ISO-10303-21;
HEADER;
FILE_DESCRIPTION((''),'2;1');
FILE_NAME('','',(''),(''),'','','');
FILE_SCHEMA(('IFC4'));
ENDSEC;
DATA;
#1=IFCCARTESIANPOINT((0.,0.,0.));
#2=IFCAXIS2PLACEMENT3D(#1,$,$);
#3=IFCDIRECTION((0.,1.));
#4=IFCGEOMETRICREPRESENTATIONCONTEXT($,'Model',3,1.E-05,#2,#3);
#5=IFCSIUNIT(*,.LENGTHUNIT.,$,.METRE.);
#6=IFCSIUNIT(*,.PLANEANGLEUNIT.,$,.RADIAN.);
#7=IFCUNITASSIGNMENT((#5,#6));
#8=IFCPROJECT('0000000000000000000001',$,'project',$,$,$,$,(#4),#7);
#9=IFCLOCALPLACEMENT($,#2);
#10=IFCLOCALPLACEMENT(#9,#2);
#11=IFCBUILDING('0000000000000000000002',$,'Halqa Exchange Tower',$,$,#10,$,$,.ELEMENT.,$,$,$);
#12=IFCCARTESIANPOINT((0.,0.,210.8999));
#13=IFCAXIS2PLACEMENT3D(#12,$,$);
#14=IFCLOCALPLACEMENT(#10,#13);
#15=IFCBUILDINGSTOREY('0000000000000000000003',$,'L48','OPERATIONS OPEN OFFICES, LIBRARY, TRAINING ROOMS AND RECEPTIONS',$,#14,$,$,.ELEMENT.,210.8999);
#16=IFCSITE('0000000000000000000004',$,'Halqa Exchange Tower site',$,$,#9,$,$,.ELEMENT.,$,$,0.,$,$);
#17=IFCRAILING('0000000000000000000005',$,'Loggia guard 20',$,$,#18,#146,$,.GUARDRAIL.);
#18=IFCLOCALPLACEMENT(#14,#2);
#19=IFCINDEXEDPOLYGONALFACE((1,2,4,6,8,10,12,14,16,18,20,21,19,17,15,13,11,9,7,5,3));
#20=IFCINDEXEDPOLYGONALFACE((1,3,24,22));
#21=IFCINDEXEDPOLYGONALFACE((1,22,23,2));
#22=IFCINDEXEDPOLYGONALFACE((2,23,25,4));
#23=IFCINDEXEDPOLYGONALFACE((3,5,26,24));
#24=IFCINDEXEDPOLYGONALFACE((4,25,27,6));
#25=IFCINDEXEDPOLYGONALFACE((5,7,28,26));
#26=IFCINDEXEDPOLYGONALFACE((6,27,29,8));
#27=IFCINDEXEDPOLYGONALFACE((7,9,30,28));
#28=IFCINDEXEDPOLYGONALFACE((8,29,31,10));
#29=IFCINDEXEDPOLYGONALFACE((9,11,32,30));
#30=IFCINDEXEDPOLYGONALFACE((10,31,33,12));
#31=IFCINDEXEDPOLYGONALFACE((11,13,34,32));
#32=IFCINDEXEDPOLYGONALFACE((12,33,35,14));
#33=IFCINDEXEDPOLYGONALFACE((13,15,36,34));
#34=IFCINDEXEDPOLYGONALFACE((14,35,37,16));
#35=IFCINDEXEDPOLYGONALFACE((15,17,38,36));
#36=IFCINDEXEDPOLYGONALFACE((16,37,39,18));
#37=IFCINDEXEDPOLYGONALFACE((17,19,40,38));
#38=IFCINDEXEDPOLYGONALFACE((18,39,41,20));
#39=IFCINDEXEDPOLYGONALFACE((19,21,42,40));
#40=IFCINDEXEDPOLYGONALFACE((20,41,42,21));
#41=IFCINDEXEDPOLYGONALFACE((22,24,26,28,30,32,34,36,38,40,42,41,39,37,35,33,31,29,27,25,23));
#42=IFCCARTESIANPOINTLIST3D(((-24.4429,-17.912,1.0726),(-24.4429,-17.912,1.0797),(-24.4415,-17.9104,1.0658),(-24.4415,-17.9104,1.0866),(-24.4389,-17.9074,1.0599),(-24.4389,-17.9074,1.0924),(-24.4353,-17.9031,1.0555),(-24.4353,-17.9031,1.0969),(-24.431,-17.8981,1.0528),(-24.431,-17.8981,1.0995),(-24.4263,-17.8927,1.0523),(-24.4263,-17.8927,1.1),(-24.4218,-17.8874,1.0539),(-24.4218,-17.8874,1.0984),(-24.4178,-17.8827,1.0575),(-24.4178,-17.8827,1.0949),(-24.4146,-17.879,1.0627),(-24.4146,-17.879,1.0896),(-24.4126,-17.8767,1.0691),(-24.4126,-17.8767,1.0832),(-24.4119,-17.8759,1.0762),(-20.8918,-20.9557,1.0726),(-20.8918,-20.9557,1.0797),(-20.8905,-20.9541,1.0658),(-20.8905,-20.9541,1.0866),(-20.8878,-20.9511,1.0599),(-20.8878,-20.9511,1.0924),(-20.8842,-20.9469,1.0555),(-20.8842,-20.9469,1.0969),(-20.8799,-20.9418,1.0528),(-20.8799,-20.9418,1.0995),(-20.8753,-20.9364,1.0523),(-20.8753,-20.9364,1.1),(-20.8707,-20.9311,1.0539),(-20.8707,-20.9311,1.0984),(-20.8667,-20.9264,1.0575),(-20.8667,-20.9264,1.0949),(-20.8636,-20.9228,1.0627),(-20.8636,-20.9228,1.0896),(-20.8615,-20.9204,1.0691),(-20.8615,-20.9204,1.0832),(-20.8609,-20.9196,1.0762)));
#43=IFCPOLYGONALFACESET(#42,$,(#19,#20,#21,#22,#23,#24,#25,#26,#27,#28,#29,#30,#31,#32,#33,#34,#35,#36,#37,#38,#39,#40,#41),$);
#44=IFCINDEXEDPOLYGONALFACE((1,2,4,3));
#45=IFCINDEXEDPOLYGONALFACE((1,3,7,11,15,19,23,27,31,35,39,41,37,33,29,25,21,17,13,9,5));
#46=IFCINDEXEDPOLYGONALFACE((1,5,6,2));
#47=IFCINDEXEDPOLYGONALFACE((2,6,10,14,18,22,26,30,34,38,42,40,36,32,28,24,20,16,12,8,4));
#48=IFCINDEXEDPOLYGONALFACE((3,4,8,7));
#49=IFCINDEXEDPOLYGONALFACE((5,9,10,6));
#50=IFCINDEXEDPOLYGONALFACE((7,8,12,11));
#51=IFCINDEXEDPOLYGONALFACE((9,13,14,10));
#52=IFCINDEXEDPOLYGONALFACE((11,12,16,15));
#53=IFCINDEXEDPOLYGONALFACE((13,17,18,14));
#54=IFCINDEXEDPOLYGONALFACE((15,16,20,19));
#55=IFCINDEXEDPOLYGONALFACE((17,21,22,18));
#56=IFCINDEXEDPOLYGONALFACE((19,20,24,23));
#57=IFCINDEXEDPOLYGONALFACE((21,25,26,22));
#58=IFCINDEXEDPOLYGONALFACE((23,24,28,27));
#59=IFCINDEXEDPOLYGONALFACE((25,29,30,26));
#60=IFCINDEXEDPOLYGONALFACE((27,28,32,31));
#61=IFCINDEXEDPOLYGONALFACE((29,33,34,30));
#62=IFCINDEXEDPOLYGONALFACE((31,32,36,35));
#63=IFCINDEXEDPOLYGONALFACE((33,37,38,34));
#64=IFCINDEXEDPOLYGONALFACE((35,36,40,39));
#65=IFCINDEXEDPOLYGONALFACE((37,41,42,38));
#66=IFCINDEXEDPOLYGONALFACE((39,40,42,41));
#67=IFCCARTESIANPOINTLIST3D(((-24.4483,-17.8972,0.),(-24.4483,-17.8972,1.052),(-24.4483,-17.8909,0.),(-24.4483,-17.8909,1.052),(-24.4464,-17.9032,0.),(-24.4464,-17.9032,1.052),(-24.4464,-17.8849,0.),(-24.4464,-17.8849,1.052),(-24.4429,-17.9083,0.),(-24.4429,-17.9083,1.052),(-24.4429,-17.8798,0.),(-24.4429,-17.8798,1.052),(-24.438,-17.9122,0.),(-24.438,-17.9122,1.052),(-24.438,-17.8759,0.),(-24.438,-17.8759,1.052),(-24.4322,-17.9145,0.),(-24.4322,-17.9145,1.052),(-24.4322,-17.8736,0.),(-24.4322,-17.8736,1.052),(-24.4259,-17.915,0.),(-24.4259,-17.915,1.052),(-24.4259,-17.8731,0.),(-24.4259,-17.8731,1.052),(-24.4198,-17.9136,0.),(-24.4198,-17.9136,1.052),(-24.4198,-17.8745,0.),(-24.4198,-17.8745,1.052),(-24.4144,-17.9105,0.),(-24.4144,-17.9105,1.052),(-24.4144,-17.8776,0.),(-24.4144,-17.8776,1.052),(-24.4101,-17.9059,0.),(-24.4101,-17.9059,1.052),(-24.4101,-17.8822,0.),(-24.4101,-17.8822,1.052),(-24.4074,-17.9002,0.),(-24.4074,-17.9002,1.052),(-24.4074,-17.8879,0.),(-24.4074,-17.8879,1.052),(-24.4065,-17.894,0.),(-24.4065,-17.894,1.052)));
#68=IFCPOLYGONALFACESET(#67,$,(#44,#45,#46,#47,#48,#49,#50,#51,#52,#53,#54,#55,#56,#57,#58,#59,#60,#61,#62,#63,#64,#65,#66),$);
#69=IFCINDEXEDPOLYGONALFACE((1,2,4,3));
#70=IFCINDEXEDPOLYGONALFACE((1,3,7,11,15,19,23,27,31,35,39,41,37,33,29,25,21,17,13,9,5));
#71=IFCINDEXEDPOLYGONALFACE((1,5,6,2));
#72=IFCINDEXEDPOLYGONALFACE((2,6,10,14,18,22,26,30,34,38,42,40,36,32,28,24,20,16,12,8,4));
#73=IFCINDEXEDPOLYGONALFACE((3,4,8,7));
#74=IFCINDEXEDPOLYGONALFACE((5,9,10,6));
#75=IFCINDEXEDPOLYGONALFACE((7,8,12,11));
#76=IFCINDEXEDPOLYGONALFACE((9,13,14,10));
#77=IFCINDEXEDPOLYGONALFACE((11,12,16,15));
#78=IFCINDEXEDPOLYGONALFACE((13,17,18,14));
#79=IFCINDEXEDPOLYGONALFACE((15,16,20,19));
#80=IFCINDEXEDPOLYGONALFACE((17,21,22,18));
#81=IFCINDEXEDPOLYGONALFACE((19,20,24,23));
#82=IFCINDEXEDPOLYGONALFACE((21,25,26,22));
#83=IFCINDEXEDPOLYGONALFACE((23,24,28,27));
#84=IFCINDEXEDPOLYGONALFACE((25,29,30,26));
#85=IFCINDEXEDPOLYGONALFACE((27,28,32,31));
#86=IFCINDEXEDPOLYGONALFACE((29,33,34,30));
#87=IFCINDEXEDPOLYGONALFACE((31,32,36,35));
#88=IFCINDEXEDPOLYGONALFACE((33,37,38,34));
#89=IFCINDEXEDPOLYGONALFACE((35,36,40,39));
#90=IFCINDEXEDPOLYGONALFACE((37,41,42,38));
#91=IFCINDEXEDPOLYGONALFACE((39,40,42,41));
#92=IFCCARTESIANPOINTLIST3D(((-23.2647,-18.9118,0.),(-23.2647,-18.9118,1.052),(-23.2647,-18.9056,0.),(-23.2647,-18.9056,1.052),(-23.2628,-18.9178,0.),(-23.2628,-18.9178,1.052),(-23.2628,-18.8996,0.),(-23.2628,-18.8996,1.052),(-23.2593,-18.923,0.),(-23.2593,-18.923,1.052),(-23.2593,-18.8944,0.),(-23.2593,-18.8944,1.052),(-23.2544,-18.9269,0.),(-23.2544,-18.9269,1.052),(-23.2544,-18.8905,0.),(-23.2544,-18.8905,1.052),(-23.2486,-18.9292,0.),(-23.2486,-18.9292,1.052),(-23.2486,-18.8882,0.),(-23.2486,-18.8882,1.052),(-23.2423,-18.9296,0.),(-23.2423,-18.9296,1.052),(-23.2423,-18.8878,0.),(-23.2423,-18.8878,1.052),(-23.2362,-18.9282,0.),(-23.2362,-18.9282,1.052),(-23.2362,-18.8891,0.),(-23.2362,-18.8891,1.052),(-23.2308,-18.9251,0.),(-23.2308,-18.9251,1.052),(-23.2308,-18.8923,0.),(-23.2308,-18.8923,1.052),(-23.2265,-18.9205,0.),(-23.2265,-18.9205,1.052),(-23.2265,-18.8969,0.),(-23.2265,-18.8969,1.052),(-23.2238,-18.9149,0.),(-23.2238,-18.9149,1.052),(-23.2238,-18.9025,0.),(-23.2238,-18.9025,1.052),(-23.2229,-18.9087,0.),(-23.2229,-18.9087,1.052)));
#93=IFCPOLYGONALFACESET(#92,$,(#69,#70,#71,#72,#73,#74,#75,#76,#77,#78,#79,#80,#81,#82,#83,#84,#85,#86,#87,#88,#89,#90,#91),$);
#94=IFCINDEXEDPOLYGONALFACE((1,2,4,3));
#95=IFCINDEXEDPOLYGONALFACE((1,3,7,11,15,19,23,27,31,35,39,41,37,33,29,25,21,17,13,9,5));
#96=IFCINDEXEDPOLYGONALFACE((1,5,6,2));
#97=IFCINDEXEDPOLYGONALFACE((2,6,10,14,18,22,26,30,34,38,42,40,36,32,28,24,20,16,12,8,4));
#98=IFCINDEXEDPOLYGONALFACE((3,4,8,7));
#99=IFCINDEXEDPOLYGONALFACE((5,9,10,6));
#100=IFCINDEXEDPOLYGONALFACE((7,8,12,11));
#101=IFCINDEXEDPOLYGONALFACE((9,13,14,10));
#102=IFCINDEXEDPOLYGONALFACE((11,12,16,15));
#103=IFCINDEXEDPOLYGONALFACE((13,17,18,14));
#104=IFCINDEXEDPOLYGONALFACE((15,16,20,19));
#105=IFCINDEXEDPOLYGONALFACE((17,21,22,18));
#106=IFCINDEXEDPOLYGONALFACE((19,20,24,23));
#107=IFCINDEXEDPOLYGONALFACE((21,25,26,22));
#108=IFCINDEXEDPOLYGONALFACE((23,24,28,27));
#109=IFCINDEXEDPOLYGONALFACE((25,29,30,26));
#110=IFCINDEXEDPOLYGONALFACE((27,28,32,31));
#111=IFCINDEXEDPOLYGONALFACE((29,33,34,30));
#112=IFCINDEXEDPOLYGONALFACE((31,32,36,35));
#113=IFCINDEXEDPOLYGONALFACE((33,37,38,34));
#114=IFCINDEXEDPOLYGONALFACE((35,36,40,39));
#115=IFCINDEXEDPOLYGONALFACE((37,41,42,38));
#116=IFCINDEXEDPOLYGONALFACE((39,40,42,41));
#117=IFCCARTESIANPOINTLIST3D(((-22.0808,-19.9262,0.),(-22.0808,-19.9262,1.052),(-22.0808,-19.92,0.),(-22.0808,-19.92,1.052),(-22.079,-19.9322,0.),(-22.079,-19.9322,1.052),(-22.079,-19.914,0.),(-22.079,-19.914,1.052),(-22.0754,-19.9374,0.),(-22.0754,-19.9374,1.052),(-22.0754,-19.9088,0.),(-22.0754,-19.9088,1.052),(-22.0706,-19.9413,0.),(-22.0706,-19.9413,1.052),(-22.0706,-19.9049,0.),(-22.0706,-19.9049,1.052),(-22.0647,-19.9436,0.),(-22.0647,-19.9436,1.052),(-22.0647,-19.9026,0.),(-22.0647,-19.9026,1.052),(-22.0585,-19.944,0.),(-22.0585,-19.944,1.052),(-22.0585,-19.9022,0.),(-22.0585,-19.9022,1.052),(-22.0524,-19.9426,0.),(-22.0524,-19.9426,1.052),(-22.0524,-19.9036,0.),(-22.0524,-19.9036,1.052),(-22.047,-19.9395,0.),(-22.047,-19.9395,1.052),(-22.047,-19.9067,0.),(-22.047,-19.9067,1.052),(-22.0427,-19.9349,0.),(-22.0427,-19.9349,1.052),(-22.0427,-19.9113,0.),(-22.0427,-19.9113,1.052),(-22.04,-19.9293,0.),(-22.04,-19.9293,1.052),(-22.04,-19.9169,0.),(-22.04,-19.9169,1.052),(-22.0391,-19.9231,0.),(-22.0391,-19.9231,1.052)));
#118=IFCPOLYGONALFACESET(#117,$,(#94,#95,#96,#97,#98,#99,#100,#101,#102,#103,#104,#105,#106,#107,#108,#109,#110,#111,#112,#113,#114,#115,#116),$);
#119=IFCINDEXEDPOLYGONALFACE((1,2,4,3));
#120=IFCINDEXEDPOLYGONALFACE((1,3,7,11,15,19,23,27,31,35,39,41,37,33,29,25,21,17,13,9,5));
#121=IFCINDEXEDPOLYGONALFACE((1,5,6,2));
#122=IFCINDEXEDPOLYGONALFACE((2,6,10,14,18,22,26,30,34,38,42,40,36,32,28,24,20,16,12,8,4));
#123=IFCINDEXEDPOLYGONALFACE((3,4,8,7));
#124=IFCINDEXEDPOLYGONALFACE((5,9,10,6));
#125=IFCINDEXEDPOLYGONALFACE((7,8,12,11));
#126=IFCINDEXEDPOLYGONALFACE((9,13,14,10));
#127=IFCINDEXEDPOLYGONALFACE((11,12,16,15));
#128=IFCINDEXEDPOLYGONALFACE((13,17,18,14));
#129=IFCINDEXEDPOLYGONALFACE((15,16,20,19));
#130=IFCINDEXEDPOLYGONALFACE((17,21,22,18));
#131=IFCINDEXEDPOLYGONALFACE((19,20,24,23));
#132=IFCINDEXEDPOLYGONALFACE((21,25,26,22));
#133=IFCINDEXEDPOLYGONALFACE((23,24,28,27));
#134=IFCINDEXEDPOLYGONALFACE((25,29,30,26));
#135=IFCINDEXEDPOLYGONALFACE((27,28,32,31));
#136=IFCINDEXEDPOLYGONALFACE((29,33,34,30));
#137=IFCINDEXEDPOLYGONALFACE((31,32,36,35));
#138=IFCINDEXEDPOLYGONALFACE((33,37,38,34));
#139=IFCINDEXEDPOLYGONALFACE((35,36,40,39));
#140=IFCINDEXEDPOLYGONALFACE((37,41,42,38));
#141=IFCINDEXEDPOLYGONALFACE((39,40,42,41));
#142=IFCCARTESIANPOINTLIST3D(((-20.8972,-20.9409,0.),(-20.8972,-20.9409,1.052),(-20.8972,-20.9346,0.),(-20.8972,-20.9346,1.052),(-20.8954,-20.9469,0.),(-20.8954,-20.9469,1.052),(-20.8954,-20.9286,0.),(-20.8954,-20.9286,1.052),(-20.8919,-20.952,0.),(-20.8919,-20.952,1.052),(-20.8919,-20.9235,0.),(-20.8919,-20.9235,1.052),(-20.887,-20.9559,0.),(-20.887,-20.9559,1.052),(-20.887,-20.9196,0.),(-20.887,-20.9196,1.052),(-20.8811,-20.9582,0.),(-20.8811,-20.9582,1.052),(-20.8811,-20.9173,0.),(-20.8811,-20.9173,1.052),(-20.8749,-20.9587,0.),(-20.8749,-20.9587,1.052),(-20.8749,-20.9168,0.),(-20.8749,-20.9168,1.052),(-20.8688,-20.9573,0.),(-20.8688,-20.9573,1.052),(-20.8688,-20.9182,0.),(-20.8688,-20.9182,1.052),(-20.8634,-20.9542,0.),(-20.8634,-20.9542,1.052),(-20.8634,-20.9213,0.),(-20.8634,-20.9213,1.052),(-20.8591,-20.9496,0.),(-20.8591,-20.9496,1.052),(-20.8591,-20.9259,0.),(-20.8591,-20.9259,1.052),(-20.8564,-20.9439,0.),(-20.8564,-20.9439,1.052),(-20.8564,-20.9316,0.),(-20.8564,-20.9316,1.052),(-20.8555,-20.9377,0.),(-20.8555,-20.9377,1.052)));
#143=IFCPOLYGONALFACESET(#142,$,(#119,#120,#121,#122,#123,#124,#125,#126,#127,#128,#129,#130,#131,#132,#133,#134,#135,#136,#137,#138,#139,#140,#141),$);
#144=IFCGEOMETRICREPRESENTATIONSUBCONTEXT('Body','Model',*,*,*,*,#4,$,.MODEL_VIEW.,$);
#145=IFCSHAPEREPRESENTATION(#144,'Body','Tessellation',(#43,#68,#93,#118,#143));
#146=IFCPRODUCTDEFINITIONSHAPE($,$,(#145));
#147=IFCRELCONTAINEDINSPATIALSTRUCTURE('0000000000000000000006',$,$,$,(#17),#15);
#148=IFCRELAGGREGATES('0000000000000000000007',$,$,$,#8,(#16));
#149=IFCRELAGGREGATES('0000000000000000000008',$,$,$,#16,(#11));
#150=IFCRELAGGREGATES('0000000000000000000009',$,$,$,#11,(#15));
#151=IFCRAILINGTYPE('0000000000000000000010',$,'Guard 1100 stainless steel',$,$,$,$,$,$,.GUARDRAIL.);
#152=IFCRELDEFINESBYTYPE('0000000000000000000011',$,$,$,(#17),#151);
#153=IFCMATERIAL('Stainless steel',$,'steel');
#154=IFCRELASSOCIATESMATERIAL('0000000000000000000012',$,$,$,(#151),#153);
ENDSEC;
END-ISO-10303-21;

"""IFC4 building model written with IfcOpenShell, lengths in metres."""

from ifc_helpers import new_model, si_unit, direction, frame, origin, origin_2d, place, context, subcontext, project, spatial, circle, extrude, material, type_object, element, save


model = new_model("IFC4")

# Units and contexts
model_context = context("Model", 3, precision=1e-05, world=origin(), true_north=direction((0.0, 1.0)))
body_context = subcontext(model_context, "Body", "Model", "MODEL_VIEW")
ifc_project = project(units=[si_unit("LENGTHUNIT", "METRE"), si_unit("PLANEANGLEUNIT", "RADIAN")], contexts=[model_context])

# Site, building, storey
site_placement = place(None, origin())
site = spatial("IfcSite", under=ifc_project, at=site_placement, Name="Halqa Exchange Tower site", CompositionType="ELEMENT", RefElevation=0.0)
building_placement = place(site_placement, origin())
building = spatial("IfcBuilding", under=site, at=building_placement, Name="Halqa Exchange Tower", CompositionType="ELEMENT")
storey_placement = place(building_placement, frame((0.0, 0.0, 210.8999)))
storey = spatial("IfcBuildingStorey", under=building, at=storey_placement, Name="L48", Description="OPERATIONS OPEN OFFICES, LIBRARY, TRAINING ROOMS AND RECEPTIONS", CompositionType="ELEMENT", Elevation=210.8999)

# Railing
ifc_material_1 = material(Name="Stainless steel", Category="steel")
railing_type = type_object("IfcRailingType", Name="Guard 1100 stainless steel", PredefinedType="GUARDRAIL", material=ifc_material_1)
railing_1_placement = place(storey_placement, frame((-24.4275, -17.894, 0.0)))
element("IfcRailing", 1, at=railing_1_placement, inside=storey, type_object=railing_type, Name="Loggia guard 20", PredefinedType="GUARDRAIL", context=body_context, shape_type="SweptSolid", body=[
    extrude(circle(Radius=0.0239, at=origin_2d()), frame((0.0, 0.0, 1.0762), z_axis=(0.75926, -0.650787, 0.0), x_axis=(0.650787, 0.75926, 0.0)), (0.0, 0.0, 1.0), 4.677),
    extrude(circle(Radius=0.021, at=origin_2d()), origin(), (0.0, 0.0, 1.0), 1.052),
    extrude(circle(Radius=0.021, at=origin_2d()), frame((1.1836, -1.0146, 0.0)), (0.0, 0.0, 1.0), 1.052),
    extrude(circle(Radius=0.021, at=origin_2d()), frame((2.3674, -2.0291, 0.0)), (0.0, 0.0, 1.0), 1.052),
    extrude(circle(Radius=0.021, at=origin_2d()), frame((3.551, -3.0437, 0.0)), (0.0, 0.0, 1.0), 1.052),
])

save(model, "model.ifc")
